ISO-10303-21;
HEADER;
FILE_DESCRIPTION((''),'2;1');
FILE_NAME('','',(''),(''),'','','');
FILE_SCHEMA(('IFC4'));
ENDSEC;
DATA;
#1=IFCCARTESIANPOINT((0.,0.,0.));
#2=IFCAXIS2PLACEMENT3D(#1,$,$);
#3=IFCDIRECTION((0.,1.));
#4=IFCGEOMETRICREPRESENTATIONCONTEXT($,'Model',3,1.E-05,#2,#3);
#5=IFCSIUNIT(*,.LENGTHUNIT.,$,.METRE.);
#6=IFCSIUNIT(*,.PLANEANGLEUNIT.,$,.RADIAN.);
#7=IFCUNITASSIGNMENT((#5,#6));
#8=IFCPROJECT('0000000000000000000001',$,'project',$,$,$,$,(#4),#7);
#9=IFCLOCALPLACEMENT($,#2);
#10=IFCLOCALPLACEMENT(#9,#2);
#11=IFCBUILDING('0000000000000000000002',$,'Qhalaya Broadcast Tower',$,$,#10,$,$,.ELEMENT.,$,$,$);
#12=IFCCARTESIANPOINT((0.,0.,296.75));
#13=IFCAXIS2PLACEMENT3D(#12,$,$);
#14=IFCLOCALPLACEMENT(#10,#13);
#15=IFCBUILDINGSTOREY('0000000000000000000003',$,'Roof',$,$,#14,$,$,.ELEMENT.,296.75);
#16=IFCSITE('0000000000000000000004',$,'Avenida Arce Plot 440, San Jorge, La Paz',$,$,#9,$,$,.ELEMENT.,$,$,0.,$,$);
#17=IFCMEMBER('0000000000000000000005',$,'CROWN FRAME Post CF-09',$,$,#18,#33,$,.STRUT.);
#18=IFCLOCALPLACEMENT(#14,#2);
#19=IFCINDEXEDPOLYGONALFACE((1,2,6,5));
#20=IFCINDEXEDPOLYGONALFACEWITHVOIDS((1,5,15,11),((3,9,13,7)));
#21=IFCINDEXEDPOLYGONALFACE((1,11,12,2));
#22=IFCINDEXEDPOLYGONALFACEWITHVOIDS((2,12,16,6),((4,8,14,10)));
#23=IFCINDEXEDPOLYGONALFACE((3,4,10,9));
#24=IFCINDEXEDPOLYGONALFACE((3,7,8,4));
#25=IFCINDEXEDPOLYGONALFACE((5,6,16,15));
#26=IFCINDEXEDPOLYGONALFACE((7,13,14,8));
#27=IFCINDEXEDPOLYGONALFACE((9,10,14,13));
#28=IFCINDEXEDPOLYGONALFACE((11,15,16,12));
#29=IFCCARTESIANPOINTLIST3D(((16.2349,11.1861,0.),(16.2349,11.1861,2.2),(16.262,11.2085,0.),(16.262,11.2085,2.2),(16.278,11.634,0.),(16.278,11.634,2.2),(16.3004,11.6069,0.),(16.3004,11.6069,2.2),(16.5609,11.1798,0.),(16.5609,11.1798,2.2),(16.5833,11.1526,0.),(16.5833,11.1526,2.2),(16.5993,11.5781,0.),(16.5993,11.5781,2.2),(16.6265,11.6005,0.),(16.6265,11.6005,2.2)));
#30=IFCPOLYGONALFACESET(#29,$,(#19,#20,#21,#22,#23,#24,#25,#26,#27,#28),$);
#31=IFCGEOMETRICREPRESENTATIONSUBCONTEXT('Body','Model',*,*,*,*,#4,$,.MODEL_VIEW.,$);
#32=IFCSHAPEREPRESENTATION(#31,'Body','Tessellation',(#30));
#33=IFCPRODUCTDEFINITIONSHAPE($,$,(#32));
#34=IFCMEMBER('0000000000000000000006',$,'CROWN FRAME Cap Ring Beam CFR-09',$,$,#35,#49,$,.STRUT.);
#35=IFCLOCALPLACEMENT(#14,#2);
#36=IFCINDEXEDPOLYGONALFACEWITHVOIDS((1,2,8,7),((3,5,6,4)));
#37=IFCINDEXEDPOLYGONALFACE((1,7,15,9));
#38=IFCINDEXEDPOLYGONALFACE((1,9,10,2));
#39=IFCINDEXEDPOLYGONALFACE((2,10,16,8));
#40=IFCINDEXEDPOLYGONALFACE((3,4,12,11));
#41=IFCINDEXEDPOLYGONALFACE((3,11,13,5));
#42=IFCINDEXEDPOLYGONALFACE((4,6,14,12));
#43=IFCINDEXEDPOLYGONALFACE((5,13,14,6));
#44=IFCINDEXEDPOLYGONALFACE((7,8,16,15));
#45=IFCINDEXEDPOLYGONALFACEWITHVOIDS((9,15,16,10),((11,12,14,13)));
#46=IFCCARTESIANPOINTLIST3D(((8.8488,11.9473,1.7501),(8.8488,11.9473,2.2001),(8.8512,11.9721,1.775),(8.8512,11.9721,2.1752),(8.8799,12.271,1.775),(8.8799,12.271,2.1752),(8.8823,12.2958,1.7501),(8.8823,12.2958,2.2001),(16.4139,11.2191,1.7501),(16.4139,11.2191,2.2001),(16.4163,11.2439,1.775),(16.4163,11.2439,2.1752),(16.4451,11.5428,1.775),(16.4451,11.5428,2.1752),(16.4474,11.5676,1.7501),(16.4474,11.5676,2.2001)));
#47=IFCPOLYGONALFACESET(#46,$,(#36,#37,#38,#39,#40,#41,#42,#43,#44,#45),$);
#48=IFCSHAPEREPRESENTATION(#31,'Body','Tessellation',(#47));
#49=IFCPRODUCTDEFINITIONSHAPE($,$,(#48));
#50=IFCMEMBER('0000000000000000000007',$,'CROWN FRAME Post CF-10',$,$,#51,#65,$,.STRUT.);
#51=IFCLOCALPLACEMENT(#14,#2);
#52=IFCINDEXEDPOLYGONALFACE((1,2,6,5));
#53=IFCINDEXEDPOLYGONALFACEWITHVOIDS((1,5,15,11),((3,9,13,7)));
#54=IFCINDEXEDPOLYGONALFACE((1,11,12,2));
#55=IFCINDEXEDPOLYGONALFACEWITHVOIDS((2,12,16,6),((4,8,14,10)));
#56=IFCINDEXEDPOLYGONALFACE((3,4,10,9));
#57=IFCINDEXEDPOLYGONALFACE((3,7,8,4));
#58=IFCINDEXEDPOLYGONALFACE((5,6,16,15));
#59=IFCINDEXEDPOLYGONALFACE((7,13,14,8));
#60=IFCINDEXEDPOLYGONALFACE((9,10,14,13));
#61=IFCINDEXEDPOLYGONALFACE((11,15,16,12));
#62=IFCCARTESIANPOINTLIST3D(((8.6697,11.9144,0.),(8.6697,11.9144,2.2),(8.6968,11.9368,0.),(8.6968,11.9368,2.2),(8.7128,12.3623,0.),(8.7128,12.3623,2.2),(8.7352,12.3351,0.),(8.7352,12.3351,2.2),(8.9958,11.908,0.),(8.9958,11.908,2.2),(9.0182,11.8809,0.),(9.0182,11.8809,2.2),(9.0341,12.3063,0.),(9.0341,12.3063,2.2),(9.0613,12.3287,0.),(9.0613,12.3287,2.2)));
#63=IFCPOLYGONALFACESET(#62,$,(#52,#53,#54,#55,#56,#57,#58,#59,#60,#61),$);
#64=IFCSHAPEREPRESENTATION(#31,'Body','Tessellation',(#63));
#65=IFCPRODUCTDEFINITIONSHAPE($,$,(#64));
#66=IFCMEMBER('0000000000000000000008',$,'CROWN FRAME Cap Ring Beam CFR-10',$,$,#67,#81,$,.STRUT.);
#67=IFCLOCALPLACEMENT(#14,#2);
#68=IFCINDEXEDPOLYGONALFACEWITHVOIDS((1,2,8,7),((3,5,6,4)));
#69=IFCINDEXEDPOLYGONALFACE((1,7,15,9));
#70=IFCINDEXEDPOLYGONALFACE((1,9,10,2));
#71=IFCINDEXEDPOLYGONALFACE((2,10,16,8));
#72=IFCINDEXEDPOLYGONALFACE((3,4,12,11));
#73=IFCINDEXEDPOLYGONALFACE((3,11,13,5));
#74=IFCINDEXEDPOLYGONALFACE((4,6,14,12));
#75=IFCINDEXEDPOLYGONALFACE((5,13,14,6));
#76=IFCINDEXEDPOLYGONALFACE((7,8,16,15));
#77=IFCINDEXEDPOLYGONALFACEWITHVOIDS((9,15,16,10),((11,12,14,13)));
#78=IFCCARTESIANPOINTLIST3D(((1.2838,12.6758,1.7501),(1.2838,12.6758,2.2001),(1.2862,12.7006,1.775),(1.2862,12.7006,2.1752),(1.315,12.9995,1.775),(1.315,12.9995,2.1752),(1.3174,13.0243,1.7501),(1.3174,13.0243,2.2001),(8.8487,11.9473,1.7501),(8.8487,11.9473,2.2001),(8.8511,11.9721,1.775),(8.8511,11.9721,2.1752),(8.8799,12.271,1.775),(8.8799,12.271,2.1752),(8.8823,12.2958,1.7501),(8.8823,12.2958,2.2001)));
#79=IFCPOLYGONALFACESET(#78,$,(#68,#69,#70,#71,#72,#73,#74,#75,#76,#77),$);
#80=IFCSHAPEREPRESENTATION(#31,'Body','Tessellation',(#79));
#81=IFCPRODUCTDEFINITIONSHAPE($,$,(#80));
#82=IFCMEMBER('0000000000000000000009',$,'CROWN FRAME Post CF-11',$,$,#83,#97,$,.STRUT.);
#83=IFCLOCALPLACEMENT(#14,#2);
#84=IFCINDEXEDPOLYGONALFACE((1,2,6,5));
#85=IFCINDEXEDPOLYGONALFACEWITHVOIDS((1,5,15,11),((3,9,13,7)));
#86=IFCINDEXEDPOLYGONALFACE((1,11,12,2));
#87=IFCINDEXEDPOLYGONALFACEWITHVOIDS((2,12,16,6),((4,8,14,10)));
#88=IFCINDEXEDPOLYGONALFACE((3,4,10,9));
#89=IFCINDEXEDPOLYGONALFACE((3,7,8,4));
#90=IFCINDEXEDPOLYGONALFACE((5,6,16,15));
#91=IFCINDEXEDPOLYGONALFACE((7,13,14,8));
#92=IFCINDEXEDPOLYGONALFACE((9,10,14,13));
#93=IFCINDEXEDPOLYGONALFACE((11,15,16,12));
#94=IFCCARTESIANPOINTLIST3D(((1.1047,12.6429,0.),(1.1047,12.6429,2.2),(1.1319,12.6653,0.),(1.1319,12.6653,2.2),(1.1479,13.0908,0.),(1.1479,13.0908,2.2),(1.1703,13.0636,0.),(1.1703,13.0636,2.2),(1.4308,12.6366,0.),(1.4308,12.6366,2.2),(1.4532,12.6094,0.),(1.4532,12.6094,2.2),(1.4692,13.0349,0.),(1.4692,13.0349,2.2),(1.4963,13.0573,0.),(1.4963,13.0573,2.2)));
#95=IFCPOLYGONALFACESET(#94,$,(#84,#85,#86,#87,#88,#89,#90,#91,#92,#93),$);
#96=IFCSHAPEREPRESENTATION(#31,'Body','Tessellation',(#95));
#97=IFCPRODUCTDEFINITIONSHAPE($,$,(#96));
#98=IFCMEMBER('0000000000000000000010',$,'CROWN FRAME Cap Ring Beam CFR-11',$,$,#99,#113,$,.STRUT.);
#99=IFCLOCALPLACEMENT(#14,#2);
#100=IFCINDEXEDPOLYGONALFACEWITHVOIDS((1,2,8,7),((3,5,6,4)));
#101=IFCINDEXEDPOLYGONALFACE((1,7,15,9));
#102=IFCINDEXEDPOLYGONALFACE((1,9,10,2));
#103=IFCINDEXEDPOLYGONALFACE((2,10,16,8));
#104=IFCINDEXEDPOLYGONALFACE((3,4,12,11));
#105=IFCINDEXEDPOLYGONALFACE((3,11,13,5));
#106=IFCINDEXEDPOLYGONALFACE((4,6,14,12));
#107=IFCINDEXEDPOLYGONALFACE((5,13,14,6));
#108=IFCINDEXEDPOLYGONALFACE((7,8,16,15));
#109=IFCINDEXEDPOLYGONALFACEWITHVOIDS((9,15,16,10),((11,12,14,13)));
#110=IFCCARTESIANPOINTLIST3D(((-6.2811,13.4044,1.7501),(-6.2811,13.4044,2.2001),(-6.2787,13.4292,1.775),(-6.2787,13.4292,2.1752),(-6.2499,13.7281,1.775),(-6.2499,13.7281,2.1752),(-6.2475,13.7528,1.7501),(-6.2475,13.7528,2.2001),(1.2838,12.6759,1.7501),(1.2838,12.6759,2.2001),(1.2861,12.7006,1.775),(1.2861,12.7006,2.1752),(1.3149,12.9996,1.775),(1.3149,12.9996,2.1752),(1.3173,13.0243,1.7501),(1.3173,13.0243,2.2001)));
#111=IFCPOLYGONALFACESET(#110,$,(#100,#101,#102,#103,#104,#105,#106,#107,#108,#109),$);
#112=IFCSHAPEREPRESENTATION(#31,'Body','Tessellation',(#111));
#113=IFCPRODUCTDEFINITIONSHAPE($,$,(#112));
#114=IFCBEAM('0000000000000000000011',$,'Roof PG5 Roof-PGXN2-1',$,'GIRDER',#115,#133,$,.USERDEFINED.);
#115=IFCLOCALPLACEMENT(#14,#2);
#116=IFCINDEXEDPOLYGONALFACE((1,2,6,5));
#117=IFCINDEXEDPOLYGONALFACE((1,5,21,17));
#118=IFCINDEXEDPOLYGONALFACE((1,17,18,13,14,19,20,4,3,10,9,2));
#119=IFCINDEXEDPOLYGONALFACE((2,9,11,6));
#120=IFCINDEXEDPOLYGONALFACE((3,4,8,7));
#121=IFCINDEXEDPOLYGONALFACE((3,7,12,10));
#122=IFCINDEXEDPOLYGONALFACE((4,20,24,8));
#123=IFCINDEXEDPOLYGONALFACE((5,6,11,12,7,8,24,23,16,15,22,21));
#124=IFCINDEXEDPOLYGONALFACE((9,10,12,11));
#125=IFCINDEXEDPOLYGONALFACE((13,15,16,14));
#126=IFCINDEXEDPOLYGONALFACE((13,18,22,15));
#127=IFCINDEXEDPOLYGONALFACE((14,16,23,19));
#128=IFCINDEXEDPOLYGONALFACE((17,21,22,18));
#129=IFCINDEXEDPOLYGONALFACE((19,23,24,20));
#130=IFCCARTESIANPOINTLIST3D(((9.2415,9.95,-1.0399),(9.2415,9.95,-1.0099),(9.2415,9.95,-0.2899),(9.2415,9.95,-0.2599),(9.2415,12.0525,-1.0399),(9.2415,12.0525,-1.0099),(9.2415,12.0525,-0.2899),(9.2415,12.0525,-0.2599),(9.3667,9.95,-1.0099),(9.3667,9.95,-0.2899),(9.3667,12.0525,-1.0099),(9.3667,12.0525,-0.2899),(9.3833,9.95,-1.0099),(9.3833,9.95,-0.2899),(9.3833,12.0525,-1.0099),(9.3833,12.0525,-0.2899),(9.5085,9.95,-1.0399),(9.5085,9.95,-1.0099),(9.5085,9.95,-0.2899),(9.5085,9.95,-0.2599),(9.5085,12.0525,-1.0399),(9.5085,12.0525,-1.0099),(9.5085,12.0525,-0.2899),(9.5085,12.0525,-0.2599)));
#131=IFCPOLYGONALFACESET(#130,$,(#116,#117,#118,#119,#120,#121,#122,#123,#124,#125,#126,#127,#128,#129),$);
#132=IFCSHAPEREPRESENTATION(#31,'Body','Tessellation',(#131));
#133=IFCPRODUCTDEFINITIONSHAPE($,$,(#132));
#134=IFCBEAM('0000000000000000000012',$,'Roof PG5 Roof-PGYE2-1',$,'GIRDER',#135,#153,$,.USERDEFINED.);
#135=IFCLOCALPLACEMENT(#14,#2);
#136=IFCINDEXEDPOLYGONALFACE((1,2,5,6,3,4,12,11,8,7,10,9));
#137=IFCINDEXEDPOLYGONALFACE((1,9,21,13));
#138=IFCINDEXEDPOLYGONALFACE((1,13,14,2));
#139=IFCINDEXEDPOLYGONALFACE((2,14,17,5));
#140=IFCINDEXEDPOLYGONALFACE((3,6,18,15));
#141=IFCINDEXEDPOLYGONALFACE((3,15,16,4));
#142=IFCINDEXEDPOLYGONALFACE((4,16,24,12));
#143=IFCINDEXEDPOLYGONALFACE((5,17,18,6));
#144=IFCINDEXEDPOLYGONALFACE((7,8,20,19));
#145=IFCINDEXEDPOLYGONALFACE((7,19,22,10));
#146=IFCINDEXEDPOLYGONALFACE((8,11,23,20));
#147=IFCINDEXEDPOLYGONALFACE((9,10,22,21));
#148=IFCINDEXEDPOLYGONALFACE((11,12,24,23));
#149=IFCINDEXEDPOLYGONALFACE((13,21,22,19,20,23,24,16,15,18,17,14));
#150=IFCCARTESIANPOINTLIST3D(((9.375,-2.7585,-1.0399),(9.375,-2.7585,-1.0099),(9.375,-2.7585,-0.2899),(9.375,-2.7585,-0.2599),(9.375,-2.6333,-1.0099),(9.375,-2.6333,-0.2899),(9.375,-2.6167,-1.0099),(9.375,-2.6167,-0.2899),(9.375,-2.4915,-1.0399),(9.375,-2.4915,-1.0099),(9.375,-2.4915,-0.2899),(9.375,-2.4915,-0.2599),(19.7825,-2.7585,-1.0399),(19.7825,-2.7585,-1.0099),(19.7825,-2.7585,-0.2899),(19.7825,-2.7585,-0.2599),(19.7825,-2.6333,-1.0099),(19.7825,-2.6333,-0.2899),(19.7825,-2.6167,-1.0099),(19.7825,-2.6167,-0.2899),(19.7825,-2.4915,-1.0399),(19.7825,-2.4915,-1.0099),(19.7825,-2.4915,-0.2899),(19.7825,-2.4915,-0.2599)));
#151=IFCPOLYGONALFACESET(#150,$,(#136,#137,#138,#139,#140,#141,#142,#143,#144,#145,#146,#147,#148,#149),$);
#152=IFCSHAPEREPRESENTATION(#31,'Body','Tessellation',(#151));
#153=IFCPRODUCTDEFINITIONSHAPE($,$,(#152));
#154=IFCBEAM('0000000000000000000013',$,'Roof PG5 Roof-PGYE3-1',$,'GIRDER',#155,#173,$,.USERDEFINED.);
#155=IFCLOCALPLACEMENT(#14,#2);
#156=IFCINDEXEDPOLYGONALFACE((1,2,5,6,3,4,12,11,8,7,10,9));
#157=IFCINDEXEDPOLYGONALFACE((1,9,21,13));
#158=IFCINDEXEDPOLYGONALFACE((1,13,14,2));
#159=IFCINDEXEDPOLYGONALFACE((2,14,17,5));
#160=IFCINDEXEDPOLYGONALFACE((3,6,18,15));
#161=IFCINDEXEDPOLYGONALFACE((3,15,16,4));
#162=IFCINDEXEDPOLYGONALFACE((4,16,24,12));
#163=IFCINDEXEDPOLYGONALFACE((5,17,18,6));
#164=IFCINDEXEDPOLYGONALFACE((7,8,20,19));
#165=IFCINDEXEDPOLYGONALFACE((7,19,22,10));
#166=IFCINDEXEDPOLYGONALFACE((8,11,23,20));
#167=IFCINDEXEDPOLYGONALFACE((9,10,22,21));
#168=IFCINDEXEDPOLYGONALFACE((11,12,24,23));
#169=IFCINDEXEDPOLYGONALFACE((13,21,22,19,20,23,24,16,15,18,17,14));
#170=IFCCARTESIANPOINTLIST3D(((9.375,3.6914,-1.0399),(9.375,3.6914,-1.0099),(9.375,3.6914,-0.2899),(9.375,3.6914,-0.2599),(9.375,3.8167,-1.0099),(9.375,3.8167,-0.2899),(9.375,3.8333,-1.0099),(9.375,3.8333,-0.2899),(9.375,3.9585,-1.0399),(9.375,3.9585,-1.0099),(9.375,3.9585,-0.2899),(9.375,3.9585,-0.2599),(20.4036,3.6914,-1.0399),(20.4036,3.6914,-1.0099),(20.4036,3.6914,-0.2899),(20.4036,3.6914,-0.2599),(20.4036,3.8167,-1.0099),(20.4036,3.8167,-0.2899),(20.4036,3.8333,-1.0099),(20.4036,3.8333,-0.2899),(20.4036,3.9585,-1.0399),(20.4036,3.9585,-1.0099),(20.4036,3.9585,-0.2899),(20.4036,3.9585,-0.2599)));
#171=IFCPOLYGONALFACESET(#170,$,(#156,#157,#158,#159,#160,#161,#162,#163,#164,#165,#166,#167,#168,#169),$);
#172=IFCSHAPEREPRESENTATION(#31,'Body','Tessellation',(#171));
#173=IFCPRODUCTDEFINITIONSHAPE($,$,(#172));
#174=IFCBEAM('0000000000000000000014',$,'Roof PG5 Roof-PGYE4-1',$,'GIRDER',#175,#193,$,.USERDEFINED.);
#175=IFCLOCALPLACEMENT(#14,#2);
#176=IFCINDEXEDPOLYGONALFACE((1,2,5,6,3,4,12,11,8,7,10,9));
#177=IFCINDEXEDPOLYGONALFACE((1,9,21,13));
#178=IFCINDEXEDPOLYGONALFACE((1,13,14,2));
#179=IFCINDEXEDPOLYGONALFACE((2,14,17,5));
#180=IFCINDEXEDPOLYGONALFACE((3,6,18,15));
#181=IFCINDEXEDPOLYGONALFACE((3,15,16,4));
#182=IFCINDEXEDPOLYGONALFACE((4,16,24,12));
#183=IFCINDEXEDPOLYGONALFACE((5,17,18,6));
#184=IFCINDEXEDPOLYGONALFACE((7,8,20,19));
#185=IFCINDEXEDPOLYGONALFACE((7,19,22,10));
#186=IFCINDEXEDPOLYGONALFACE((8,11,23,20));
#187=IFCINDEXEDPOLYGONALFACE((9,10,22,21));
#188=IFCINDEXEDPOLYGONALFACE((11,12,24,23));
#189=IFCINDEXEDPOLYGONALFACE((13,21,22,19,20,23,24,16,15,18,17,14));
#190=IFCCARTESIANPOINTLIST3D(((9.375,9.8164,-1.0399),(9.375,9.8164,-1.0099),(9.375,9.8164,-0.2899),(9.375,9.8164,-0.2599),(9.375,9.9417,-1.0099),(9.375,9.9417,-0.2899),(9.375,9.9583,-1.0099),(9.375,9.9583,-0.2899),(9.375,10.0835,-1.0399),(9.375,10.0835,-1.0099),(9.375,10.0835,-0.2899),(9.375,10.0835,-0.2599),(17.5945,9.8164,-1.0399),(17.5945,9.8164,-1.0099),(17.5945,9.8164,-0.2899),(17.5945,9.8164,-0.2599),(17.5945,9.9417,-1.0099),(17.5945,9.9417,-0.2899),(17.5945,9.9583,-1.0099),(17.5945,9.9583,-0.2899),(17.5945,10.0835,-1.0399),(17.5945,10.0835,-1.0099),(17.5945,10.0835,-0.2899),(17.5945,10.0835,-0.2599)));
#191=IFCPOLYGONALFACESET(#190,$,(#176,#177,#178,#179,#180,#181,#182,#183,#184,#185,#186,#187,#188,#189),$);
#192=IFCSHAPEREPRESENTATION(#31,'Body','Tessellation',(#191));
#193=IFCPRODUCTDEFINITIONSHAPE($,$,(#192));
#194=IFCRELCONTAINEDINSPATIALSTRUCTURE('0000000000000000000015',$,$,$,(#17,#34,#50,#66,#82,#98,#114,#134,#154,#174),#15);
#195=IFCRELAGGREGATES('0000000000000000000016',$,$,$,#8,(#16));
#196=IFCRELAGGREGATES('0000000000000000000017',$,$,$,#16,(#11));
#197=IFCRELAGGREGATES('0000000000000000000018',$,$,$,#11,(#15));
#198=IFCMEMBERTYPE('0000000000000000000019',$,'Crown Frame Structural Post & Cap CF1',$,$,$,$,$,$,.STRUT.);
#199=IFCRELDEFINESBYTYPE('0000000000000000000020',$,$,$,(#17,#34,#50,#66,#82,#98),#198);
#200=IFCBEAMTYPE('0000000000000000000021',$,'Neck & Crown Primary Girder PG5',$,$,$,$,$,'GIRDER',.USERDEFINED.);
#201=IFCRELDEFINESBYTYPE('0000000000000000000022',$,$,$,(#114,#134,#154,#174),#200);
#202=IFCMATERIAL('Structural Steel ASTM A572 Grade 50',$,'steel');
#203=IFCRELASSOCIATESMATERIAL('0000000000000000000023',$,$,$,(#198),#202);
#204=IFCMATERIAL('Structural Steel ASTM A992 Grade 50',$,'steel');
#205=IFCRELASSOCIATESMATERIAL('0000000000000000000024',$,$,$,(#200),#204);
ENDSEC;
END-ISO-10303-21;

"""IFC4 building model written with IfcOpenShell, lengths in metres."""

from ifc_helpers import new_model, si_unit, direction, frame, origin, origin_2d, place, context, subcontext, project, spatial, hollow_rectangle, i_section, extrude, material, material_profile, profile_set, type_object, element, save


model = new_model("IFC4")

# Units and contexts
model_context = context("Model", 3, precision=1e-05, world=origin(), true_north=direction((0.0, 1.0)))
body_context = subcontext(model_context, "Body", "Model", "MODEL_VIEW")
ifc_project = project(units=[si_unit("LENGTHUNIT", "METRE"), si_unit("PLANEANGLEUNIT", "RADIAN")], contexts=[model_context])

# Site, building, storey
site_placement = place(None, origin())
site = spatial("IfcSite", under=ifc_project, at=site_placement, Name="Avenida Arce Plot 440, San Jorge, La Paz", CompositionType="ELEMENT", RefElevation=0.0)
building_placement = place(site_placement, origin())
building = spatial("IfcBuilding", under=site, at=building_placement, Name="Qhalaya Broadcast Tower", CompositionType="ELEMENT")
storey_placement = place(building_placement, frame((0.0, 0.0, 296.75)))
storey = spatial("IfcBuildingStorey", under=building, at=storey_placement, Name="Roof", CompositionType="ELEMENT", Elevation=296.75)

# Shared definitions
ifc_material_1 = material(Name="Structural Steel ASTM A992 Grade 50", Category="steel")

# Members
ifc_material_2 = material(Name="Structural Steel ASTM A572 Grade 50", Category="steel")
ifc_material_profile_1 = material_profile(ifc_material_2, hollow_rectangle(XDim=0.3501, YDim=0.45, WallThickness=0.0249, at=origin_2d()), Name="BOX 350x450x25")
ifc_profile_set_1 = profile_set([ifc_material_profile_1], Name="Structural Steel ASTM A572 Grade 50")
member_type = type_object("IfcMemberType", Name="Crown Frame Structural Post & Cap CF1", PredefinedType="STRUT", material=ifc_profile_set_1)
member_1_placement = place(storey_placement, frame((16.4307, 11.3933, 0.0), z_axis=(0.0, 0.0, 1.0), x_axis=(0.995396, -0.095846, 0.0)))
element("IfcMember", 1, at=member_1_placement, inside=storey, type_object=member_type, Name="CROWN FRAME Post CF-09", PredefinedType="STRUT", context=body_context, shape_type="SweptSolid", body=[
    extrude(hollow_rectangle(XDim=0.3501, YDim=0.45, WallThickness=0.0249, at=origin_2d()), origin(), (0.0, 0.0, 1.0), 2.2),
])
member_2_placement = place(storey_placement, frame((16.4307, 11.3933, 1.9751), z_axis=(-0.995398, 0.095823, 0.0), x_axis=(-0.095823, -0.995398, 0.0)))
element("IfcMember", 2, at=member_2_placement, inside=storey, type_object=member_type, Name="CROWN FRAME Cap Ring Beam CFR-09", PredefinedType="STRUT", context=body_context, shape_type="SweptSolid", body=[
    extrude(hollow_rectangle(XDim=0.3501, YDim=0.45, WallThickness=0.0249, at=origin_2d()), origin(), (0.0, 0.0, 1.0), 7.6001),
])
member_3_placement = place(storey_placement, frame((8.8655, 12.1216, 0.0), z_axis=(0.0, 0.0, 1.0), x_axis=(0.995396, -0.095846, 0.0)))
element("IfcMember", 3, at=member_3_placement, inside=storey, type_object=member_type, Name="CROWN FRAME Post CF-10", PredefinedType="STRUT", context=body_context, shape_type="SweptSolid", body=[
    extrude(hollow_rectangle(XDim=0.3501, YDim=0.45, WallThickness=0.0249, at=origin_2d()), origin(), (0.0, 0.0, 1.0), 2.2),
])
member_4_placement = place(storey_placement, frame((8.8655, 12.1216, 1.9751), z_axis=(-0.995395, 0.095858, 0.0), x_axis=(-0.095858, -0.995395, 0.0)))
element("IfcMember", 4, at=member_4_placement, inside=storey, type_object=member_type, Name="CROWN FRAME Cap Ring Beam CFR-10", PredefinedType="STRUT", context=body_context, shape_type="SweptSolid", body=[
    extrude(hollow_rectangle(XDim=0.3501, YDim=0.45, WallThickness=0.0249, at=origin_2d()), origin(), (0.0, 0.0, 1.0), 7.5999),
])
member_5_placement = place(storey_placement, frame((1.3005, 12.8501, 0.0), z_axis=(0.0, 0.0, 1.0), x_axis=(0.995396, -0.095846, 0.0)))
element("IfcMember", 5, at=member_5_placement, inside=storey, type_object=member_type, Name="CROWN FRAME Post CF-11", PredefinedType="STRUT", context=body_context, shape_type="SweptSolid", body=[
    extrude(hollow_rectangle(XDim=0.3501, YDim=0.45, WallThickness=0.0249, at=origin_2d()), origin(), (0.0, 0.0, 1.0), 2.2),
])
member_6_placement = place(storey_placement, frame((1.3005, 12.8501, 1.9751), z_axis=(-0.995395, 0.095858, 0.0), x_axis=(-0.095858, -0.995395, 0.0)))
element("IfcMember", 6, at=member_6_placement, inside=storey, type_object=member_type, Name="CROWN FRAME Cap Ring Beam CFR-11", PredefinedType="STRUT", context=body_context, shape_type="SweptSolid", body=[
    extrude(hollow_rectangle(XDim=0.3501, YDim=0.45, WallThickness=0.0249, at=origin_2d()), origin(), (0.0, 0.0, 1.0), 7.5999),
])

# Beams
ifc_material_profile_2 = material_profile(ifc_material_1, i_section(OverallWidth=0.2671, OverallDepth=0.78, WebThickness=0.0166, FlangeThickness=0.03, at=origin_2d()), Name="W30X148")
ifc_profile_set_2 = profile_set([ifc_material_profile_2], Name="Structural Steel ASTM A992 Grade 50")
beam_type_1 = type_object("IfcBeamType", Name="Neck & Crown Primary Girder PG5", ElementType="GIRDER", PredefinedType="USERDEFINED", material=ifc_profile_set_2)
beam_1_placement = place(storey_placement, frame((9.375, 9.95, -0.6499), z_axis=(0.0, 1.0, 0.0), x_axis=(-1.0, 0.0, 0.0)))
element("IfcBeam", 7, at=beam_1_placement, inside=storey, type_object=beam_type_1, Name="Roof PG5 Roof-PGXN2-1", ObjectType="GIRDER", PredefinedType="USERDEFINED", context=body_context, shape_type="SweptSolid", body=[
    extrude(i_section(OverallWidth=0.2671, OverallDepth=0.78, WebThickness=0.0166, FlangeThickness=0.03, at=origin_2d()), origin(), (0.0, 0.0, 1.0), 2.1025),
])
beam_2_placement = place(storey_placement, frame((9.375, -2.625, -0.6499), z_axis=(1.0, 0.0, 0.0), x_axis=(0.0, 1.0, 0.0)))
element("IfcBeam", 8, at=beam_2_placement, inside=storey, type_object=beam_type_1, Name="Roof PG5 Roof-PGYE2-1", ObjectType="GIRDER", PredefinedType="USERDEFINED", context=body_context, shape_type="SweptSolid", body=[
    extrude(i_section(OverallWidth=0.2671, OverallDepth=0.78, WebThickness=0.0166, FlangeThickness=0.03, at=origin_2d()), origin(), (0.0, 0.0, 1.0), 10.4075),
])
beam_3_placement = place(storey_placement, frame((9.375, 3.825, -0.6499), z_axis=(1.0, 0.0, 0.0), x_axis=(0.0, 1.0, 0.0)))
element("IfcBeam", 9, at=beam_3_placement, inside=storey, type_object=beam_type_1, Name="Roof PG5 Roof-PGYE3-1", ObjectType="GIRDER", PredefinedType="USERDEFINED", context=body_context, shape_type="SweptSolid", body=[
    extrude(i_section(OverallWidth=0.2671, OverallDepth=0.78, WebThickness=0.0166, FlangeThickness=0.03, at=origin_2d()), origin(), (0.0, 0.0, 1.0), 11.0286),
])
beam_4_placement = place(storey_placement, frame((9.375, 9.95, -0.6499), z_axis=(1.0, 0.0, 0.0), x_axis=(0.0, 1.0, 0.0)))
element("IfcBeam", 10, at=beam_4_placement, inside=storey, type_object=beam_type_1, Name="Roof PG5 Roof-PGYE4-1", ObjectType="GIRDER", PredefinedType="USERDEFINED", context=body_context, shape_type="SweptSolid", body=[
    extrude(i_section(OverallWidth=0.2671, OverallDepth=0.78, WebThickness=0.0166, FlangeThickness=0.03, at=origin_2d()), origin(), (0.0, 0.0, 1.0), 8.2195),
])

save(model, "model.ifc")
